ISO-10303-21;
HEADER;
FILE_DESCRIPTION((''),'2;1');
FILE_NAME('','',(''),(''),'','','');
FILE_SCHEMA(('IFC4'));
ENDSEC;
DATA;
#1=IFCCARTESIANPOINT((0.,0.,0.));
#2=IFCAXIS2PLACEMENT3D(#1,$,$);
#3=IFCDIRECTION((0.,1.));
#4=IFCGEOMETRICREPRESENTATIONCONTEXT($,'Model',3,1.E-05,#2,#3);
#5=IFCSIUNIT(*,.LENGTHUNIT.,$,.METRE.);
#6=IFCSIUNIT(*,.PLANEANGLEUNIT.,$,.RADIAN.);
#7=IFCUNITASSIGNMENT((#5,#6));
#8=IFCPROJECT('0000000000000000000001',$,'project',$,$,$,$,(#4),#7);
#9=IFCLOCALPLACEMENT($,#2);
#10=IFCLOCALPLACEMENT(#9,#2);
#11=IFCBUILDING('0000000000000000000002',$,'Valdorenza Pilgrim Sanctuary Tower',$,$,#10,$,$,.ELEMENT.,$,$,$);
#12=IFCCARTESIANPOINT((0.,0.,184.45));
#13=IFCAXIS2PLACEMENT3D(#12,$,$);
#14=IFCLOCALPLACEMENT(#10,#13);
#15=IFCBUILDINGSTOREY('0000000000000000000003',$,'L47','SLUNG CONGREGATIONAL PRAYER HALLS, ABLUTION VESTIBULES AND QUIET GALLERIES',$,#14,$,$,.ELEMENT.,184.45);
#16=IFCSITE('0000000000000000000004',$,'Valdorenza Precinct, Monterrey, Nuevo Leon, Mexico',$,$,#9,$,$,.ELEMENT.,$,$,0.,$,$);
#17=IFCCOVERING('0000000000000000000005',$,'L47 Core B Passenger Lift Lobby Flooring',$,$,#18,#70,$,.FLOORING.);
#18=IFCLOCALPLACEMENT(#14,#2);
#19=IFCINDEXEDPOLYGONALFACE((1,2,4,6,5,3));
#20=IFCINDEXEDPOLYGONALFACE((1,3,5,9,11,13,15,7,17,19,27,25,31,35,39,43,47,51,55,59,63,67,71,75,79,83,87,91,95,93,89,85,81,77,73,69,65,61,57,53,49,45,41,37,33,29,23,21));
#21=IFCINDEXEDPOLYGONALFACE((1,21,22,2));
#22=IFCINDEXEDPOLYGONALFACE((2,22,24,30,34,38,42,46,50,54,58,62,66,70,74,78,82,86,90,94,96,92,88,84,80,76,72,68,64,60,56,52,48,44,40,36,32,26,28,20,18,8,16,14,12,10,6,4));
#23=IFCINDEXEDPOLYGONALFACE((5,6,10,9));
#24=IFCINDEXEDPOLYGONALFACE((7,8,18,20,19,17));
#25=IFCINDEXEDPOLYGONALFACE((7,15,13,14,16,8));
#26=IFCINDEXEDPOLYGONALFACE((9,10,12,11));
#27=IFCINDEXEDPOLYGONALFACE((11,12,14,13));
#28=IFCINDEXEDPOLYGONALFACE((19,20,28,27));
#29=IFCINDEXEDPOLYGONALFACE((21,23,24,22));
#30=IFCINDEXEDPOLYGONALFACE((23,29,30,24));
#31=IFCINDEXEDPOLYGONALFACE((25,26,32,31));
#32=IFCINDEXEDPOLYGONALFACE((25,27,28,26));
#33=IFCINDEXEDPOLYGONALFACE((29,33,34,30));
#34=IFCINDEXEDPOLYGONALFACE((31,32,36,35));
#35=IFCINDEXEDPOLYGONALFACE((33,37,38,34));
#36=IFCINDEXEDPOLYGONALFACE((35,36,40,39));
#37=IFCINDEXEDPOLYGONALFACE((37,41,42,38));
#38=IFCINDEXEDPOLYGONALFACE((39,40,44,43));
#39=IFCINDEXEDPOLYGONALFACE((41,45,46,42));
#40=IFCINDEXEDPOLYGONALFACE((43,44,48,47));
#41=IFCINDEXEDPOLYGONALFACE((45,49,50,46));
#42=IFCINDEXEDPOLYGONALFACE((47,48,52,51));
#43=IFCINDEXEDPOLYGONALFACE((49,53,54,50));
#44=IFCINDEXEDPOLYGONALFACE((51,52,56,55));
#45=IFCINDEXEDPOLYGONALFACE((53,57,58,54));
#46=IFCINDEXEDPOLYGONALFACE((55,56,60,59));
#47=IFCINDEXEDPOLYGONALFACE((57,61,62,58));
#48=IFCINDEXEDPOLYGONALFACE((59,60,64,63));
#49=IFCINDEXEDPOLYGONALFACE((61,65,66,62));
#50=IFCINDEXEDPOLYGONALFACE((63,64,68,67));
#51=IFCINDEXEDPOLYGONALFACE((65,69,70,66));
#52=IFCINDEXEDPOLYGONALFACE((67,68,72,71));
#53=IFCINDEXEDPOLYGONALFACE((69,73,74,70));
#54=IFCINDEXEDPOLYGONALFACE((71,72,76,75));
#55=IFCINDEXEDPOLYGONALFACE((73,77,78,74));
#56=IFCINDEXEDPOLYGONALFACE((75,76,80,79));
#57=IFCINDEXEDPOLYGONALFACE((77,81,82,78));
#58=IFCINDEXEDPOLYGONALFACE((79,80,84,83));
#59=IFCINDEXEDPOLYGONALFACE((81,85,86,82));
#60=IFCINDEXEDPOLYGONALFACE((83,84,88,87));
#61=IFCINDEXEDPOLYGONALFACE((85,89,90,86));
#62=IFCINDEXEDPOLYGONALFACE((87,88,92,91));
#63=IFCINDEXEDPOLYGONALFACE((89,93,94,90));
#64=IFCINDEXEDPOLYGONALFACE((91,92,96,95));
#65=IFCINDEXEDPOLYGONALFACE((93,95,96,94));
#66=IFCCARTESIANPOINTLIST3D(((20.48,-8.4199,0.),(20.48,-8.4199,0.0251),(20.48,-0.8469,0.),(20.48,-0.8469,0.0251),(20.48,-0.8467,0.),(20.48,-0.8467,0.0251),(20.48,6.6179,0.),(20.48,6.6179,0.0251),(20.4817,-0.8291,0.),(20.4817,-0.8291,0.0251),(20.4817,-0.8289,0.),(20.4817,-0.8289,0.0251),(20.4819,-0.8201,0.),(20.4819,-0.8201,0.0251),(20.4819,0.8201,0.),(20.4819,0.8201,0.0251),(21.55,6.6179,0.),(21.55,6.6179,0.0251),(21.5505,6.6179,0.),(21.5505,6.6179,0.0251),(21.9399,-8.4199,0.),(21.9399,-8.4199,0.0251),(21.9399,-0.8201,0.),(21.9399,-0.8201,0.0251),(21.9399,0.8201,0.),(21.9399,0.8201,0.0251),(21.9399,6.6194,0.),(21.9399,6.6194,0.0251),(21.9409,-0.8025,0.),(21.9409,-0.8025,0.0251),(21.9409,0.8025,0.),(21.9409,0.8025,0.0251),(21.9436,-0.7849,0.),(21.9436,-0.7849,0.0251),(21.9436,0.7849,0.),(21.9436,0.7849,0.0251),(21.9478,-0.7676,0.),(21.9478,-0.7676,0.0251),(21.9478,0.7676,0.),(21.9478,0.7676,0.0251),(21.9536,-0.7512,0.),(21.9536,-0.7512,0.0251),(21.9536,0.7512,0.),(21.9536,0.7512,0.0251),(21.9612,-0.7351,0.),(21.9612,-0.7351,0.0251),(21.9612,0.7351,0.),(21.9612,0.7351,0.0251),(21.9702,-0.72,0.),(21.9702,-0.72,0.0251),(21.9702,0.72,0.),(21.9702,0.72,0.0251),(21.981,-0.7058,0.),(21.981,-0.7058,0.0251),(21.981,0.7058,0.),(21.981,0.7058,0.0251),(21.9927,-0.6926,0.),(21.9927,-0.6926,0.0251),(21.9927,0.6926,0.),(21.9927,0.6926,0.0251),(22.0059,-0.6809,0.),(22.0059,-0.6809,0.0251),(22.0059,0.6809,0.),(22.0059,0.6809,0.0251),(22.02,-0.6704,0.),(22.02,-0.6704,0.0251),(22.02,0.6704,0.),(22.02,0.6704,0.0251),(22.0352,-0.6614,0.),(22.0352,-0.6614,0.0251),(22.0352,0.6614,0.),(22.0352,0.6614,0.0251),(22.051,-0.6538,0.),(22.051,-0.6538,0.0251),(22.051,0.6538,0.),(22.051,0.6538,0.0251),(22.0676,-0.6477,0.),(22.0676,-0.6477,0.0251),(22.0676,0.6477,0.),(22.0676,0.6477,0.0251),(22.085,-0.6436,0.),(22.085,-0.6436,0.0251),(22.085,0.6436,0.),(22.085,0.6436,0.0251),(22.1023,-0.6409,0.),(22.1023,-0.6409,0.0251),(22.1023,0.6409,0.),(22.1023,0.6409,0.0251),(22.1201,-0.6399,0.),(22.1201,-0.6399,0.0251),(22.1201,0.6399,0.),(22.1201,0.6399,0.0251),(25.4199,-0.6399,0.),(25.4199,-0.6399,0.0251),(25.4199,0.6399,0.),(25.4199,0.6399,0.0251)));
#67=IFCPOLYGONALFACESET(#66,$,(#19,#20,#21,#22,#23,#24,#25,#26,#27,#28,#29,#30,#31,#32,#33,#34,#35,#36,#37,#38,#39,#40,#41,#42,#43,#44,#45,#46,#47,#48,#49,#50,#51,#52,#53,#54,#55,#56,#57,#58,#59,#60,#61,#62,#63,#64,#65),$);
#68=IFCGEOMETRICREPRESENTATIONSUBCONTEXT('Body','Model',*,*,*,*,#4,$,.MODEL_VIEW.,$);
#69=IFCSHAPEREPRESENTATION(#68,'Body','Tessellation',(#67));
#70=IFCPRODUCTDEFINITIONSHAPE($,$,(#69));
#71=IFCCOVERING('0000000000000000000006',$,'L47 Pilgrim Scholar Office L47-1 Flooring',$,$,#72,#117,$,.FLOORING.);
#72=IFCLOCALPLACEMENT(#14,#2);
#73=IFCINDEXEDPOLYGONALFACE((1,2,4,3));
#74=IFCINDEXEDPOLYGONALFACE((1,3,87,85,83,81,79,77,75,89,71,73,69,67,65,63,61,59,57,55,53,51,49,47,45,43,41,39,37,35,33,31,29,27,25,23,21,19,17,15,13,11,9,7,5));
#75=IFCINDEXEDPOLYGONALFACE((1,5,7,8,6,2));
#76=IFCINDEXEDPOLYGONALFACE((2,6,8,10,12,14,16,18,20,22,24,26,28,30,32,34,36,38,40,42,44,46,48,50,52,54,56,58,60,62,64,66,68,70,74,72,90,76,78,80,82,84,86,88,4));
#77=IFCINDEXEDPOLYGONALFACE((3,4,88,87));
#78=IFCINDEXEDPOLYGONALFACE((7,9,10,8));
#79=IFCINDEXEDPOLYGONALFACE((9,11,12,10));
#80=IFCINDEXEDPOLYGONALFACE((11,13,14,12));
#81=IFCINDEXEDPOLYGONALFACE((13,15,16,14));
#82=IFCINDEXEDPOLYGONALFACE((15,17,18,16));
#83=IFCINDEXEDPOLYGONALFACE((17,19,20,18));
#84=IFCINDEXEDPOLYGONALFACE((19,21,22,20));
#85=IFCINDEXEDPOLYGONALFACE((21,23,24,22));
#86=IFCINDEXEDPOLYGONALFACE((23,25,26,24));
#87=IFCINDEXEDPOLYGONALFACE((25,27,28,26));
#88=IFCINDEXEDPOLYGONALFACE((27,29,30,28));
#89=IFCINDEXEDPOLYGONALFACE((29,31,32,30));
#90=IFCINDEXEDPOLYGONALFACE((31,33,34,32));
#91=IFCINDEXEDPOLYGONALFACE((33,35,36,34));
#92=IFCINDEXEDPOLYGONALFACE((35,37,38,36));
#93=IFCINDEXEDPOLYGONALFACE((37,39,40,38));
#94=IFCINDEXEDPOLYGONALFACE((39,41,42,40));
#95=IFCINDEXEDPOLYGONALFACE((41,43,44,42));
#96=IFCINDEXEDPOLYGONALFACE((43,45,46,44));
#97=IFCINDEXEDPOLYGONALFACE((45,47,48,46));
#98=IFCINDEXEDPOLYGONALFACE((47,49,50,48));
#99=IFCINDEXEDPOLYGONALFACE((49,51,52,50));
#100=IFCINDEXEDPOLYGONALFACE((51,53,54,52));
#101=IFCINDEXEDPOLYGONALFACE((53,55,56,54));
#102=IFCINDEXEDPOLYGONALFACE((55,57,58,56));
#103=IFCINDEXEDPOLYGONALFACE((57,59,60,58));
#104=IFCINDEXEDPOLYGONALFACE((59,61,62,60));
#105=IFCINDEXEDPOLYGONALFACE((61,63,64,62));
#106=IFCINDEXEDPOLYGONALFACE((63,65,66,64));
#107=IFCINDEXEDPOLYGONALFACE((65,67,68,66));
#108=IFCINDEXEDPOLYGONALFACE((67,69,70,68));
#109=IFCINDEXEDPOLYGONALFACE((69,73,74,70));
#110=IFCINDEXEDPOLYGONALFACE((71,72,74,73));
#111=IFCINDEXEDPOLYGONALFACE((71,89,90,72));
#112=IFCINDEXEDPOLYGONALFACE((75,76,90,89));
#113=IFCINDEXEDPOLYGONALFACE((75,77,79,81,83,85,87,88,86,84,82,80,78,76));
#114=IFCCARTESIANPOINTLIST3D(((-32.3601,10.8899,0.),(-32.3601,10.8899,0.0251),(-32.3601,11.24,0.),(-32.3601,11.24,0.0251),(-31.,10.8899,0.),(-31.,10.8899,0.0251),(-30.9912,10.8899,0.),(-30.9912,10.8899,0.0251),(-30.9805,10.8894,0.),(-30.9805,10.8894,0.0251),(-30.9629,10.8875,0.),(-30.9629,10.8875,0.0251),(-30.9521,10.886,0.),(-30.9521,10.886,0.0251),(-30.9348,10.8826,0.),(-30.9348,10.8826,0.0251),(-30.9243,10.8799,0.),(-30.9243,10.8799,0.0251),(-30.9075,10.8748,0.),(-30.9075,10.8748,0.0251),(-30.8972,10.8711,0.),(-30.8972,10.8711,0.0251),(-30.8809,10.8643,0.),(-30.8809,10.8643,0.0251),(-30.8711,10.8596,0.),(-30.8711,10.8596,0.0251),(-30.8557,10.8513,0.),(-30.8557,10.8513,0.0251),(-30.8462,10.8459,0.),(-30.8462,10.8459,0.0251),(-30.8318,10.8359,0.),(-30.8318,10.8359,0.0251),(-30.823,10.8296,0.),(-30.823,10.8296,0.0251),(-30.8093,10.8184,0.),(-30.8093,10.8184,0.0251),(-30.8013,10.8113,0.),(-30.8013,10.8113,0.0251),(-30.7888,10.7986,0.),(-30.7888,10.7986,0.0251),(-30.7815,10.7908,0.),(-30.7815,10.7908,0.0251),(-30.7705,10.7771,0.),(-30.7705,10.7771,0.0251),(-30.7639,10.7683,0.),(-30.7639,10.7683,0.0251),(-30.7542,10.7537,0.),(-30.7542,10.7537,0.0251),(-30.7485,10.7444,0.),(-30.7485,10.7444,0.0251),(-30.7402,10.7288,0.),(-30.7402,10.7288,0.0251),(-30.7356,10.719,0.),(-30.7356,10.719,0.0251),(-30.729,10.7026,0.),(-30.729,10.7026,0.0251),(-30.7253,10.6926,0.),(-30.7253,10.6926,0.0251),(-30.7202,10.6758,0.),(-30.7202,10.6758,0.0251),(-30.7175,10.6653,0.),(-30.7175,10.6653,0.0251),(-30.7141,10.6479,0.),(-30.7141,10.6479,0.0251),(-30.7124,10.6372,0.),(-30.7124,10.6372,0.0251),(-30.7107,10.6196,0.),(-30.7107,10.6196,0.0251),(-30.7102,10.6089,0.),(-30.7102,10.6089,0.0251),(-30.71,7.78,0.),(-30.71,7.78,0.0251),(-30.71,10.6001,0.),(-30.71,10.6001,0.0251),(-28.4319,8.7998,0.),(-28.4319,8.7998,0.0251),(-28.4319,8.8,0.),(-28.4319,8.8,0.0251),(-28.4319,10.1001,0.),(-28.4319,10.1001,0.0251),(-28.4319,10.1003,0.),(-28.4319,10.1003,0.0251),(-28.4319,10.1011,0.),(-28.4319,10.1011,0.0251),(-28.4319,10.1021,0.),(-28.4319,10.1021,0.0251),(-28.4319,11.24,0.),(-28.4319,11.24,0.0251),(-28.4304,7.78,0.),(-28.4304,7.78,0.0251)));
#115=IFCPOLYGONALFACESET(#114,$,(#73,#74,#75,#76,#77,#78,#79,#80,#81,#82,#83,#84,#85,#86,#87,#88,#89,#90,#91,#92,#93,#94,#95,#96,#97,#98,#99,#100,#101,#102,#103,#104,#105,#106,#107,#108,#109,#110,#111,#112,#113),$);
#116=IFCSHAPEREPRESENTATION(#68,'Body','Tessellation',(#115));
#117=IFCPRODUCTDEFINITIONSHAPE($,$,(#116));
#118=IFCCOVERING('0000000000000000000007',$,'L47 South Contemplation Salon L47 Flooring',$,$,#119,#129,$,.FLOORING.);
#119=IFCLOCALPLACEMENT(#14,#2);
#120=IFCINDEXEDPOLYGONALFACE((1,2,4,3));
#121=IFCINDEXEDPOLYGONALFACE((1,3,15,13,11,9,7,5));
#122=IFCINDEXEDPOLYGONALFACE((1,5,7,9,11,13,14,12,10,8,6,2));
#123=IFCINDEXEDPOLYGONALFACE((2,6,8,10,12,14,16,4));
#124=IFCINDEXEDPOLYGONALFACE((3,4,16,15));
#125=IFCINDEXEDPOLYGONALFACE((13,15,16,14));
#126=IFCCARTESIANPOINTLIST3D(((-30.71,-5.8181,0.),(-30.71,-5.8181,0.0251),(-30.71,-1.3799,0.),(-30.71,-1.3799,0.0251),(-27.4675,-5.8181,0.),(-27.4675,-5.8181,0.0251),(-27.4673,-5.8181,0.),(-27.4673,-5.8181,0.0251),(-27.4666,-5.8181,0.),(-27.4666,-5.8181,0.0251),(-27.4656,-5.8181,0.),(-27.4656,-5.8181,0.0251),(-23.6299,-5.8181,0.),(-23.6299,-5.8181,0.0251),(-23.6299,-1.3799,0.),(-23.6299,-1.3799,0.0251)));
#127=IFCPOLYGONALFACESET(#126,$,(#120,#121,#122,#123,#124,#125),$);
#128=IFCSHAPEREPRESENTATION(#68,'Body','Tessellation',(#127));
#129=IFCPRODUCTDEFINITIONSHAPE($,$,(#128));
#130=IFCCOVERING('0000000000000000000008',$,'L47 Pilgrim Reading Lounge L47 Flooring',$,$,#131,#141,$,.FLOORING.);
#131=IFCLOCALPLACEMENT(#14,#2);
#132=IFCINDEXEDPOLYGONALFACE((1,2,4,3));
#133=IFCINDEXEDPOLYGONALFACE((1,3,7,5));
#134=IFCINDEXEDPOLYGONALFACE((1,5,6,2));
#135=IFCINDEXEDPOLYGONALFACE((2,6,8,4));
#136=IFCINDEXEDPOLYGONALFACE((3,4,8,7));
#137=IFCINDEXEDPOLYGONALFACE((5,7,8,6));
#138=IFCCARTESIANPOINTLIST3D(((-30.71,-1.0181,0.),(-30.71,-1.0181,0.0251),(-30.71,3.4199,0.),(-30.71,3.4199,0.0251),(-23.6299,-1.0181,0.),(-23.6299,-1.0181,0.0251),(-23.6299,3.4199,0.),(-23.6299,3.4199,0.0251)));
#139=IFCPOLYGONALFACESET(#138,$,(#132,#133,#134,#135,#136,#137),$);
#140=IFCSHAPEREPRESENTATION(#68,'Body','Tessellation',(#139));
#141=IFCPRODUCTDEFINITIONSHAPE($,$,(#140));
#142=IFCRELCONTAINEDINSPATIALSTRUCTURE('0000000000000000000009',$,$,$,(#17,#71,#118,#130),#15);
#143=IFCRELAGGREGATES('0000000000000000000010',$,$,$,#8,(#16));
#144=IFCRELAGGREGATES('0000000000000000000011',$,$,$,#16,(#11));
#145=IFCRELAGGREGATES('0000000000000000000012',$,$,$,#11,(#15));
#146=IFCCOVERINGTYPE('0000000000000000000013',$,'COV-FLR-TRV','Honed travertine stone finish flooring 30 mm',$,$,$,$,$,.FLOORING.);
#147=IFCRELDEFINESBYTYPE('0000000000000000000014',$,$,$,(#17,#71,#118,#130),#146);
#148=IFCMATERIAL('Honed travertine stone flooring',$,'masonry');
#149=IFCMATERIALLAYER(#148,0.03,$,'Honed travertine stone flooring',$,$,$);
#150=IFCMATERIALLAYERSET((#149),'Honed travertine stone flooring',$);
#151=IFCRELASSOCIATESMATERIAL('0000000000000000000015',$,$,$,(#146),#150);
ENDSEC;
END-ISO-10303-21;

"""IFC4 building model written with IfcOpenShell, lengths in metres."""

from ifc_helpers import new_model, si_unit, direction, frame, origin, place, context, subcontext, project, spatial, polyline, outline, extrude, material, layer, layer_set, type_object, element, save


model = new_model("IFC4")

# Units and contexts
model_context = context("Model", 3, precision=1e-05, world=origin(), true_north=direction((0.0, 1.0)))
body_context = subcontext(model_context, "Body", "Model", "MODEL_VIEW")
ifc_project = project(units=[si_unit("LENGTHUNIT", "METRE"), si_unit("PLANEANGLEUNIT", "RADIAN")], contexts=[model_context])

# Site, building, storey
site_placement = place(None, origin())
site = spatial("IfcSite", under=ifc_project, at=site_placement, Name="Valdorenza Precinct, Monterrey, Nuevo Leon, Mexico", CompositionType="ELEMENT", RefElevation=0.0)
building_placement = place(site_placement, origin())
building = spatial("IfcBuilding", under=site, at=building_placement, Name="Valdorenza Pilgrim Sanctuary Tower", CompositionType="ELEMENT")
storey_placement = place(building_placement, frame((0.0, 0.0, 184.45)))
storey = spatial("IfcBuildingStorey", under=building, at=storey_placement, Name="L47", Description="SLUNG CONGREGATIONAL PRAYER HALLS, ABLUTION VESTIBULES AND QUIET GALLERIES", CompositionType="ELEMENT", Elevation=184.45)

# Coverings
ifc_material_1 = material(Name="Honed travertine stone flooring", Category="masonry")
ifc_layer_1 = layer(ifc_material_1, 0.03, Name="Honed travertine stone flooring")
ifc_layer_set_1 = layer_set([ifc_layer_1], Name="Honed travertine stone flooring")
covering_type_1 = type_object("IfcCoveringType", Name="COV-FLR-TRV", Description="Honed travertine stone finish flooring 30 mm", PredefinedType="FLOORING", material=ifc_layer_set_1)
covering_1_placement = place(storey_placement, origin())
element("IfcCovering", 1, at=covering_1_placement, inside=storey, type_object=covering_type_1, Name="L47 Core B Passenger Lift Lobby Flooring", PredefinedType="FLOORING", context=body_context, shape_type="SweptSolid", body=[
    extrude(outline(polyline([(20.48, 6.6179), (21.55, 6.6179), (21.5505, 6.6179), (21.9399, 6.6194), (21.9399, 0.8201), (21.9409, 0.8025), (21.9436, 0.7849), (21.9478, 0.7676), (21.9536, 0.7512), (21.9612, 0.7351), (21.9702, 0.72), (21.981, 0.7058), (21.9927, 0.6926), (22.0059, 0.6809), (22.02, 0.6704), (22.0352, 0.6614), (22.051, 0.6538), (22.0676, 0.6477), (22.085, 0.6436), (22.1023, 0.6409), (22.1201, 0.6399), (25.4199, 0.6399), (25.4199, -0.6399), (22.1201, -0.6399), (22.1023, -0.6409), (22.085, -0.6436), (22.0676, -0.6477), (22.051, -0.6538), (22.0352, -0.6614), (22.02, -0.6704), (22.0059, -0.6809), (21.9927, -0.6926), (21.981, -0.7058), (21.9702, -0.72), (21.9612, -0.7351), (21.9536, -0.7512), (21.9478, -0.7676), (21.9436, -0.7849), (21.9409, -0.8025), (21.9399, -0.8201), (21.9399, -8.4199), (20.48, -8.4199), (20.48, -0.8469), (20.48, -0.8467), (20.48, -0.8467), (20.4817, -0.8291), (20.4817, -0.8289), (20.4819, -0.8201), (20.4819, 0.8201), (20.48, 6.6179)])), origin(), (0.0, 0.0, 1.0), 0.0251),
])
covering_2_placement = place(storey_placement, origin())
element("IfcCovering", 2, at=covering_2_placement, inside=storey, type_object=covering_type_1, Name="L47 Pilgrim Scholar Office L47-1 Flooring", PredefinedType="FLOORING", context=body_context, shape_type="SweptSolid", body=[
    extrude(outline(polyline([(-28.4319, 11.24), (-28.4319, 10.1021), (-28.4319, 10.1011), (-28.4319, 10.1003), (-28.4319, 10.1001), (-28.4319, 8.8), (-28.4319, 8.7998), (-28.4304, 7.78), (-30.71, 7.78), (-30.71, 10.6001), (-30.7102, 10.6089), (-30.7107, 10.6196), (-30.7124, 10.6372), (-30.7141, 10.6479), (-30.7175, 10.6653), (-30.7202, 10.6758), (-30.7253, 10.6926), (-30.729, 10.7026), (-30.7356, 10.719), (-30.7402, 10.7288), (-30.7485, 10.7444), (-30.7542, 10.7537), (-30.7639, 10.7683), (-30.7705, 10.7771), (-30.7815, 10.7908), (-30.7888, 10.7986), (-30.8013, 10.8113), (-30.8093, 10.8184), (-30.823, 10.8296), (-30.8318, 10.8359), (-30.8462, 10.8459), (-30.8557, 10.8513), (-30.8711, 10.8596), (-30.8809, 10.8643), (-30.8972, 10.8711), (-30.9075, 10.8748), (-30.9243, 10.8799), (-30.9348, 10.8826), (-30.9521, 10.886), (-30.9629, 10.8875), (-30.9805, 10.8894), (-30.9912, 10.8899), (-31.0, 10.8899), (-32.3601, 10.8899), (-32.3601, 11.24), (-28.4319, 11.24)])), origin(), (0.0, 0.0, 1.0), 0.0251),
])
covering_3_placement = place(storey_placement, origin())
element("IfcCovering", 3, at=covering_3_placement, inside=storey, type_object=covering_type_1, Name="L47 South Contemplation Salon L47 Flooring", PredefinedType="FLOORING", context=body_context, shape_type="SweptSolid", body=[
    extrude(outline(polyline([(-27.4673, -5.8181), (-27.4675, -5.8181), (-30.71, -5.8181), (-30.71, -1.3799), (-23.6299, -1.3799), (-23.6299, -5.8181), (-27.4656, -5.8181), (-27.4666, -5.8181), (-27.4673, -5.8181)])), origin(), (0.0, 0.0, 1.0), 0.0251),
])
covering_4_placement = place(storey_placement, origin())
element("IfcCovering", 4, at=covering_4_placement, inside=storey, type_object=covering_type_1, Name="L47 Pilgrim Reading Lounge L47 Flooring", PredefinedType="FLOORING", context=body_context, shape_type="SweptSolid", body=[
    extrude(outline(polyline([(-23.6299, -1.0181), (-30.71, -1.0181), (-30.71, 3.4199), (-23.6299, 3.4199), (-23.6299, -1.0181)])), origin(), (0.0, 0.0, 1.0), 0.0251),
])

save(model, "model.ifc")
